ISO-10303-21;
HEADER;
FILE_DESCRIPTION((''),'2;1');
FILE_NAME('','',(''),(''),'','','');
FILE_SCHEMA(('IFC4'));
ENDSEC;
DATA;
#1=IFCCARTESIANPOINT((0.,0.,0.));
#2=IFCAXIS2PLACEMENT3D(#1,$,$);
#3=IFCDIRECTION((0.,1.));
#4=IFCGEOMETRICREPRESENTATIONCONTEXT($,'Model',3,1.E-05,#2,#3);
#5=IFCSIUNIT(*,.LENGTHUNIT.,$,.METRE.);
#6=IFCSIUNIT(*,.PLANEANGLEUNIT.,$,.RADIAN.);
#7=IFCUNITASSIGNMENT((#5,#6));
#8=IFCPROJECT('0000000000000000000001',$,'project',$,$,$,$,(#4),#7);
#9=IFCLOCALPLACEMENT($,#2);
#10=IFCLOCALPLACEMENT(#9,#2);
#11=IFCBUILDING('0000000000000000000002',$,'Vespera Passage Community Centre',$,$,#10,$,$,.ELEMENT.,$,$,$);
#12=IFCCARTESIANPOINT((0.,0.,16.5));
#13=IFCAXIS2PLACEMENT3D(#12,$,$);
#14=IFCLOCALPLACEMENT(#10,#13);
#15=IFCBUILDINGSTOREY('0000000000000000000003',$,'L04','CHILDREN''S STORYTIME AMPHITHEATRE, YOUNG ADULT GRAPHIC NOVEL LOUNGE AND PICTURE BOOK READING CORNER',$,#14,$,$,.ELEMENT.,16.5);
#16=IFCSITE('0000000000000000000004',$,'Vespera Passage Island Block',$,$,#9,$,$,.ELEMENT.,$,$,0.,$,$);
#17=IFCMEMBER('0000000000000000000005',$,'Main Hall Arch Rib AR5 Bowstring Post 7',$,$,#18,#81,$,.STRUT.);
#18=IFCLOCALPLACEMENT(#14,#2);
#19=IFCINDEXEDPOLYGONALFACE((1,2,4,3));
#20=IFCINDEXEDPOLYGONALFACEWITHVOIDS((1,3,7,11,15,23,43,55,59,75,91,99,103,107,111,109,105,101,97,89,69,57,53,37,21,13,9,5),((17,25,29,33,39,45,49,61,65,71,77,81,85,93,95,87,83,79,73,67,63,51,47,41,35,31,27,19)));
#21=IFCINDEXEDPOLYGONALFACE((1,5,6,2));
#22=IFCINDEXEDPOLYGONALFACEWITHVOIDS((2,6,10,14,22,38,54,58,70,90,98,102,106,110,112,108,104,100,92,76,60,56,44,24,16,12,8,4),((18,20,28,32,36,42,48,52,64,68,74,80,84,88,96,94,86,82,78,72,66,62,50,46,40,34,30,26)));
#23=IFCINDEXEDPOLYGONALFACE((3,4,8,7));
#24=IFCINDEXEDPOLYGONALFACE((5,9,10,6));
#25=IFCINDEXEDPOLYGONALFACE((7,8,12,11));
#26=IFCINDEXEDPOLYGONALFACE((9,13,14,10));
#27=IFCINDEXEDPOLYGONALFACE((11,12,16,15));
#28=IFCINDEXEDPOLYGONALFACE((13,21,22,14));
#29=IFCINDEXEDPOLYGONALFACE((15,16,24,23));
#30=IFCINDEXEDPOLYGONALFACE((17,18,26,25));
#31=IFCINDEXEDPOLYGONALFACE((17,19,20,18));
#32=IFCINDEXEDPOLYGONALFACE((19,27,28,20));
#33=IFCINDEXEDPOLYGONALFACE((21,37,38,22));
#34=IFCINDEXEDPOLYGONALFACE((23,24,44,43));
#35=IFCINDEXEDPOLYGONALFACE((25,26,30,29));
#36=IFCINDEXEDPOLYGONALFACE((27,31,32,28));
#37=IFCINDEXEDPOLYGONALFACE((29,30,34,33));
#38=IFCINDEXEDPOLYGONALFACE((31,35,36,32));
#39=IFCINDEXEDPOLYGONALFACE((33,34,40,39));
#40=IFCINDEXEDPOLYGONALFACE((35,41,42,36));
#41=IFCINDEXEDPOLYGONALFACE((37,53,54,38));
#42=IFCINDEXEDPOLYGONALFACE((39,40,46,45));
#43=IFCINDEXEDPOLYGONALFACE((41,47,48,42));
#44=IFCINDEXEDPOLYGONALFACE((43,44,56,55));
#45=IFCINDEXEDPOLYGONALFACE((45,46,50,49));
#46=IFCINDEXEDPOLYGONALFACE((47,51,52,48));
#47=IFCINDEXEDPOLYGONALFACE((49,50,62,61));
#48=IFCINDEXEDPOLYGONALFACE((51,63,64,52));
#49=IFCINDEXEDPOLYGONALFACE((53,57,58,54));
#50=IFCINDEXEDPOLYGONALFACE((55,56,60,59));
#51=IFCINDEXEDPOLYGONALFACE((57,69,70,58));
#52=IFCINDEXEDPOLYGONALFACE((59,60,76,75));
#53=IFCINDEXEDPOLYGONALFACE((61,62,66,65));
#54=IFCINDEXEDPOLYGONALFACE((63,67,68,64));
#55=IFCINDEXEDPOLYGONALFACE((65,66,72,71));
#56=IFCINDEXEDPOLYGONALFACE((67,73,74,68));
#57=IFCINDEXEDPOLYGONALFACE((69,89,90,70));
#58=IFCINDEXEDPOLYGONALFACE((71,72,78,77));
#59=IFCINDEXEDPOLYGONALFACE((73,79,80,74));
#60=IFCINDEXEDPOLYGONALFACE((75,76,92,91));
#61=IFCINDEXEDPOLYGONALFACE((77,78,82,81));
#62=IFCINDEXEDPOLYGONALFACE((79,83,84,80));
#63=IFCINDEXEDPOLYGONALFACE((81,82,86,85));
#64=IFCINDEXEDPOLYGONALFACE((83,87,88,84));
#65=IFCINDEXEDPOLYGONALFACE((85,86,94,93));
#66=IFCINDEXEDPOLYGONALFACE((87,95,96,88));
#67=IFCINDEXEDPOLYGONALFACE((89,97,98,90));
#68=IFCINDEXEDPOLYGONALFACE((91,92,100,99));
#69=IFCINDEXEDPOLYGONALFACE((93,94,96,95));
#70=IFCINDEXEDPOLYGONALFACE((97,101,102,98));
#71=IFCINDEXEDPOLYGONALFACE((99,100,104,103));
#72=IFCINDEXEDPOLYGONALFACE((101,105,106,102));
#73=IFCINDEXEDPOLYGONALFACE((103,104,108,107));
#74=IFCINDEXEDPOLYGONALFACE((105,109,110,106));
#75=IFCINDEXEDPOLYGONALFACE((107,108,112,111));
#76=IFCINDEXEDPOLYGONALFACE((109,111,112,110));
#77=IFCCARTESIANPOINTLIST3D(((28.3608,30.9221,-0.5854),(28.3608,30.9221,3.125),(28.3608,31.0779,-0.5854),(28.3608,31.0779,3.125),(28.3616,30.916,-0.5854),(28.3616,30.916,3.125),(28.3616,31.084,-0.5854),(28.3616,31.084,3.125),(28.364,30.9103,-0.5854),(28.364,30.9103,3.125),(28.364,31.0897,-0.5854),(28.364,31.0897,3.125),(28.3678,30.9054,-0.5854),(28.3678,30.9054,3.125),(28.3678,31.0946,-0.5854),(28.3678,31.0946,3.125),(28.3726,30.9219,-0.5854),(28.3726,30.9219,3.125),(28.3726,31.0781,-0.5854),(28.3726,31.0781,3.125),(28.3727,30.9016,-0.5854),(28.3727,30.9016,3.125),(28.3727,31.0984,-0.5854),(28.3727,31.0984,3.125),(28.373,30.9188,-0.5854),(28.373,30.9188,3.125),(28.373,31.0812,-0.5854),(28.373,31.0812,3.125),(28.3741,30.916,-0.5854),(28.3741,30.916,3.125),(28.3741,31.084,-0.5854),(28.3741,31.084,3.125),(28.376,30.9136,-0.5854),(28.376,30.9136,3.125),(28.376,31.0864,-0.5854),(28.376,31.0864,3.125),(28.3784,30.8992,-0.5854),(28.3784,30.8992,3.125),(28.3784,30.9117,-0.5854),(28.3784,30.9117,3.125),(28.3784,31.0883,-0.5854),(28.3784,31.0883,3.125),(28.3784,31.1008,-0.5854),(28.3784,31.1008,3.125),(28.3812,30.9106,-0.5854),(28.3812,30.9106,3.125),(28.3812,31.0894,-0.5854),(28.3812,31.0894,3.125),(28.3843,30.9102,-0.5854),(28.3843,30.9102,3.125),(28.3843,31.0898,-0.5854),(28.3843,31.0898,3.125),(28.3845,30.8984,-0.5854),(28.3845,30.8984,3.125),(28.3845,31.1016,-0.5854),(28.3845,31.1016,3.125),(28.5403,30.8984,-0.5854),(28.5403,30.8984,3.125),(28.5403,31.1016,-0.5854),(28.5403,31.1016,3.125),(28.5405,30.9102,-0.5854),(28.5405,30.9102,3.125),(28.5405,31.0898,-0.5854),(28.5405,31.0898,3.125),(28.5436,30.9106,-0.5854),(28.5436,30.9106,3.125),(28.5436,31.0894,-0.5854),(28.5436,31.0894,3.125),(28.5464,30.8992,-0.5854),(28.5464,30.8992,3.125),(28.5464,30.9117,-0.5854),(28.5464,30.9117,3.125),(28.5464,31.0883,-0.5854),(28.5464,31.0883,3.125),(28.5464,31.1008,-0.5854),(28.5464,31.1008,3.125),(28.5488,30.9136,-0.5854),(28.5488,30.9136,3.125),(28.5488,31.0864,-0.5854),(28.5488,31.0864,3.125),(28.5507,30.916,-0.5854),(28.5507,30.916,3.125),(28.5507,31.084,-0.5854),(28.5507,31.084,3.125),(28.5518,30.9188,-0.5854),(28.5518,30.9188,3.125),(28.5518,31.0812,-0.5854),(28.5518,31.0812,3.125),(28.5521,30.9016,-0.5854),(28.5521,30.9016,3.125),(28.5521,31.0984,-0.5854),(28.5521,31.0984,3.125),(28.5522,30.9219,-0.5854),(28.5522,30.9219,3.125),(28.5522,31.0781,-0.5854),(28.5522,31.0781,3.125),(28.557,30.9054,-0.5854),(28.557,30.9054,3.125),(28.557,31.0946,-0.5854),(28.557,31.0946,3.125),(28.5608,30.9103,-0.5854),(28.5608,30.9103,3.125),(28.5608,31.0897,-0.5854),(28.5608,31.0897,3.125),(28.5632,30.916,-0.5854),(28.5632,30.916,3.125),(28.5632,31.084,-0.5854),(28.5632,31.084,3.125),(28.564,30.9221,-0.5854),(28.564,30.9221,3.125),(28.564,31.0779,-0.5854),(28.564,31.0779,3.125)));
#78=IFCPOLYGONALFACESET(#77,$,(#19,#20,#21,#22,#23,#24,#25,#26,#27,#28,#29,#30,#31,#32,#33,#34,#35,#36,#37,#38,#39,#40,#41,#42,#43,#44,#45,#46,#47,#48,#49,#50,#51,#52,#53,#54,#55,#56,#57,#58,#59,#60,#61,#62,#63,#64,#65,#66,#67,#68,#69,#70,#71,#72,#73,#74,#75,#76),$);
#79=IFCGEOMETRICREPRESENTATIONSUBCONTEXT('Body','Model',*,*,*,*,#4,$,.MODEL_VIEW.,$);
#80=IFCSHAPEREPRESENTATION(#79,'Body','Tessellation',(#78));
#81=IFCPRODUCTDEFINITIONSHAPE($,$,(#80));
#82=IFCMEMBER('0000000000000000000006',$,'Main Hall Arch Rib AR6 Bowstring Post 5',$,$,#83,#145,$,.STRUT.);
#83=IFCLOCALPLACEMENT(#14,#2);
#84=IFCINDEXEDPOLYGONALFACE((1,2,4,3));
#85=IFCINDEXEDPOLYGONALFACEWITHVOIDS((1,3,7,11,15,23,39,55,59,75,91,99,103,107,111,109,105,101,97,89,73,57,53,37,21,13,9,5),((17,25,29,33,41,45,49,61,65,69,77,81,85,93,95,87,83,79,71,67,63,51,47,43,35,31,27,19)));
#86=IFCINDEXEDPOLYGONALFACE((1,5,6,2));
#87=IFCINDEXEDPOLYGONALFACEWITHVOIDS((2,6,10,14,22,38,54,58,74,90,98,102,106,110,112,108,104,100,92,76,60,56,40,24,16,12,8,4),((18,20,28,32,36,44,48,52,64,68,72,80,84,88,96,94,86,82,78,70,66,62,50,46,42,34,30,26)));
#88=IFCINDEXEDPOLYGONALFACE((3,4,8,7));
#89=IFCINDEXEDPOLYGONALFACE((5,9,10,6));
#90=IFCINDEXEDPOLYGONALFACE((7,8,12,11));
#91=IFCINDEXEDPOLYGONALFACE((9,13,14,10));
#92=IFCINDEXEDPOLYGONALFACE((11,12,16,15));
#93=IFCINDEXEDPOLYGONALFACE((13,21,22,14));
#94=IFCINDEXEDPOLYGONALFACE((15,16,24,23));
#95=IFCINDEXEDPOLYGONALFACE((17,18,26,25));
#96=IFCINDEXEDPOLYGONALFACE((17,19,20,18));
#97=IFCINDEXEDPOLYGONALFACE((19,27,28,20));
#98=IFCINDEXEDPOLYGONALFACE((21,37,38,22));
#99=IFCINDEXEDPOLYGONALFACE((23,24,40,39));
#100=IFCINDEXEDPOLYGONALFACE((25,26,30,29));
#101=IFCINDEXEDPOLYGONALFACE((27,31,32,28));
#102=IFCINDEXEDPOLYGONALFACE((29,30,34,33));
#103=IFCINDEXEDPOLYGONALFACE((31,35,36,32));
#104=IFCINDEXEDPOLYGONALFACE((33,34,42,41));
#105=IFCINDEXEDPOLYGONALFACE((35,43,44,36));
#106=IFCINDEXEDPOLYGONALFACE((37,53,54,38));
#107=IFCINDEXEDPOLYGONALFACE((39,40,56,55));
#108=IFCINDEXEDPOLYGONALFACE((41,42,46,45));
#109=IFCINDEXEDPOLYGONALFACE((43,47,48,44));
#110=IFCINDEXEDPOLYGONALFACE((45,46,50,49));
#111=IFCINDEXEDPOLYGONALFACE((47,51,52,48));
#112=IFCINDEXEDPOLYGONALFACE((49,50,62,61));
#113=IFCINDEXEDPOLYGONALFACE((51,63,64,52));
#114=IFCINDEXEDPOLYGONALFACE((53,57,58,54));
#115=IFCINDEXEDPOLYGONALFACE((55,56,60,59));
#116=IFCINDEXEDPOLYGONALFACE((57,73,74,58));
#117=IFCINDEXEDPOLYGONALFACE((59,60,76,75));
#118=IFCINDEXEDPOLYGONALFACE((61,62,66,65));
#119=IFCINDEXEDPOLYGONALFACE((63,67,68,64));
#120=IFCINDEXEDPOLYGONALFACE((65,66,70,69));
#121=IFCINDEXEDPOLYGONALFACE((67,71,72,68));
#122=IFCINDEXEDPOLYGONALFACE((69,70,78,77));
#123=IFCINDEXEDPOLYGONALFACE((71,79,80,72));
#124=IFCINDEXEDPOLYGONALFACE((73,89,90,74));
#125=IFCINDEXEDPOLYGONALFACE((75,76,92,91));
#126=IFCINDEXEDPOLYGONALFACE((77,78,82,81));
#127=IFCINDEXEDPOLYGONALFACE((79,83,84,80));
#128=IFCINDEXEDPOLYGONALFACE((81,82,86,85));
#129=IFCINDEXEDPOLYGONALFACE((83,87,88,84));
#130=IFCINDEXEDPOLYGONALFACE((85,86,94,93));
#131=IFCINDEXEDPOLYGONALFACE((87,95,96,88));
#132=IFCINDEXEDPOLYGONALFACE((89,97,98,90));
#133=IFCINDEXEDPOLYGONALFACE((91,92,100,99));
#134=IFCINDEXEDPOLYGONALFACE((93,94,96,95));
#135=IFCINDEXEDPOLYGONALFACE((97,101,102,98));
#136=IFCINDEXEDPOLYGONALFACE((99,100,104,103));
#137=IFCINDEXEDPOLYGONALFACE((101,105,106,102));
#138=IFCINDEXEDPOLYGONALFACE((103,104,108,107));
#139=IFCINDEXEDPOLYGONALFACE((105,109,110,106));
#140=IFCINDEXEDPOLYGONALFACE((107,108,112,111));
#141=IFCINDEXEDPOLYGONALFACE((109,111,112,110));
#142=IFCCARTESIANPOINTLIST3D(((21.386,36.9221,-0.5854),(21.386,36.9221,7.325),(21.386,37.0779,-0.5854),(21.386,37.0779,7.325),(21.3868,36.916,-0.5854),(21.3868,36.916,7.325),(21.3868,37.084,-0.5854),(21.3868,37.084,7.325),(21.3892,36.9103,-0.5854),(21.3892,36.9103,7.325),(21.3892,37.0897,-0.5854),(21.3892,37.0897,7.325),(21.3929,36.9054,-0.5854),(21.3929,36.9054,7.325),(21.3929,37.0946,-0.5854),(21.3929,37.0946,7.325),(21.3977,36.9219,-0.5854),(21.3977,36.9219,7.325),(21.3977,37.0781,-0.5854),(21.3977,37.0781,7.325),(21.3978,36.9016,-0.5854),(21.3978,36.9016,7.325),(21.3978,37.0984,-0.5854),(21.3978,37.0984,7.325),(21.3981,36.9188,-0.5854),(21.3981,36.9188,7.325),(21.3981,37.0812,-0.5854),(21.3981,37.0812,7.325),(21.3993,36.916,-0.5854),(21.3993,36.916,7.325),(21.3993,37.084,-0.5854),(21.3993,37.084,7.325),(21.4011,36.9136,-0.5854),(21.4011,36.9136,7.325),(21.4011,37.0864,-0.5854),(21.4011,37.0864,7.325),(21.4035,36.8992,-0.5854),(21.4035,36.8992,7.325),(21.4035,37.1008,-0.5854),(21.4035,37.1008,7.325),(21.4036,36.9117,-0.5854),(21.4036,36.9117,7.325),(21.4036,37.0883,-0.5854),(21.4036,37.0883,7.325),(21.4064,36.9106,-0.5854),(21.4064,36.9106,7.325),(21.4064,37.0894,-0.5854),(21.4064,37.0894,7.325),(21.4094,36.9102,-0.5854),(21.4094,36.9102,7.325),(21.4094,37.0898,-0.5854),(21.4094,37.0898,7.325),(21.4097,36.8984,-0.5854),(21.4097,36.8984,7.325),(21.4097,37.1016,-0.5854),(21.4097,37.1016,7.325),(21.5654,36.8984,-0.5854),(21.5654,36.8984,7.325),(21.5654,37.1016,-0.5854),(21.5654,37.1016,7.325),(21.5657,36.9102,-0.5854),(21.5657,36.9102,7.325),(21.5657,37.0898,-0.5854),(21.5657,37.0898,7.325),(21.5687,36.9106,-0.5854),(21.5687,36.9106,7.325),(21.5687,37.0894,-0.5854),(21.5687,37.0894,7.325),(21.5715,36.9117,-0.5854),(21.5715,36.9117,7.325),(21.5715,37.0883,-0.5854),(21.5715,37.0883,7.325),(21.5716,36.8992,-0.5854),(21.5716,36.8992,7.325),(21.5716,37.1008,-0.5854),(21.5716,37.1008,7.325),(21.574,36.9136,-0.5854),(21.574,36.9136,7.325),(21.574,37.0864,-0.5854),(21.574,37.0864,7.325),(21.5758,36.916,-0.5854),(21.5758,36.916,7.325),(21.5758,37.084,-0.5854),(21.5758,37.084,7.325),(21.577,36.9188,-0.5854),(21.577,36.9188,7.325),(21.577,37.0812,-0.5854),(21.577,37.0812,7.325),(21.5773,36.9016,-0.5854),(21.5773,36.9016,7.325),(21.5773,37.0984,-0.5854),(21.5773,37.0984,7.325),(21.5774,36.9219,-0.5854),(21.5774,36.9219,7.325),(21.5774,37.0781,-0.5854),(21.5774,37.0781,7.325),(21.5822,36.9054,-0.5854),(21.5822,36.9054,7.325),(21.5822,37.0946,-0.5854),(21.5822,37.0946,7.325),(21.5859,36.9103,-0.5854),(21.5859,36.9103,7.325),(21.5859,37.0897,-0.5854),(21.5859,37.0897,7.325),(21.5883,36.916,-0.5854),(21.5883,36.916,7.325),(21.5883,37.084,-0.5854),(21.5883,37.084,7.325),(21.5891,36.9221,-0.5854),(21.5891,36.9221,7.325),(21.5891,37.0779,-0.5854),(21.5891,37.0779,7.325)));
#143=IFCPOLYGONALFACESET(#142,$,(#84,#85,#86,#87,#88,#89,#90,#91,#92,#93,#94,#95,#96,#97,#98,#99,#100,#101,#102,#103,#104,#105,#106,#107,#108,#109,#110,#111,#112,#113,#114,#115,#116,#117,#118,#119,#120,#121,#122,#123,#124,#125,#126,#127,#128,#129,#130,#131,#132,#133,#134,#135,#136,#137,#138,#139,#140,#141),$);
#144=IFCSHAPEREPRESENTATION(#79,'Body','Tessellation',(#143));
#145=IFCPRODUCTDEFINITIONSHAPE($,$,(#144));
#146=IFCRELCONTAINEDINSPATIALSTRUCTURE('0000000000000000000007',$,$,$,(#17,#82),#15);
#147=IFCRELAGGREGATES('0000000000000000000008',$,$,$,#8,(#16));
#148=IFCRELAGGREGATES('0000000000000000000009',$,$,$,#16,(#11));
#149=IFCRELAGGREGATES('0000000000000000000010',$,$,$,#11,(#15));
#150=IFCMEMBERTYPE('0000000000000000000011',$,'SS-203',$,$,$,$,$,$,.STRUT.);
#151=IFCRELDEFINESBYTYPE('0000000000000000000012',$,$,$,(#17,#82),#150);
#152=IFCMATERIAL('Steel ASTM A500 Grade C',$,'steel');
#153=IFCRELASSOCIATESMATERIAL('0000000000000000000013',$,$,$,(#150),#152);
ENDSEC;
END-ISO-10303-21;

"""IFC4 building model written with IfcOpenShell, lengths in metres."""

from ifc_helpers import new_model, si_unit, direction, frame, origin, origin_2d, place, context, subcontext, project, spatial, hollow_rectangle, extrude, material, material_profile, profile_set, type_object, element, save


model = new_model("IFC4")

# Units and contexts
model_context = context("Model", 3, precision=1e-05, world=origin(), true_north=direction((0.0, 1.0)))
body_context = subcontext(model_context, "Body", "Model", "MODEL_VIEW")
ifc_project = project(units=[si_unit("LENGTHUNIT", "METRE"), si_unit("PLANEANGLEUNIT", "RADIAN")], contexts=[model_context])

# Site, building, storey
site_placement = place(None, origin())
site = spatial("IfcSite", under=ifc_project, at=site_placement, Name="Vespera Passage Island Block", CompositionType="ELEMENT", RefElevation=0.0)
building_placement = place(site_placement, origin())
building = spatial("IfcBuilding", under=site, at=building_placement, Name="Vespera Passage Community Centre", CompositionType="ELEMENT")
storey_placement = place(building_placement, frame((0.0, 0.0, 16.5)))
storey = spatial("IfcBuildingStorey", under=building, at=storey_placement, Name="L04", Description="CHILDREN'S STORYTIME AMPHITHEATRE, YOUNG ADULT GRAPHIC NOVEL LOUNGE AND PICTURE BOOK READING CORNER", CompositionType="ELEMENT", Elevation=16.5)

# Members
ifc_material_1 = material(Name="Steel ASTM A500 Grade C", Category="steel")
ifc_material_profile_1 = material_profile(ifc_material_1, hollow_rectangle(XDim=0.2031, YDim=0.2031, WallThickness=0.0117, InnerFilletRadius=0.0117, OuterFilletRadius=0.0237, at=origin_2d()), Name="HSS203X203X12.7")
ifc_profile_set_1 = profile_set([ifc_material_profile_1], Name="Steel ASTM A500 Grade C")
member_type_1 = type_object("IfcMemberType", Name="SS-203", PredefinedType="STRUT", material=ifc_profile_set_1)
member_1_placement = place(storey_placement, frame((28.4624, 31.0, -0.5854), z_axis=(0.0, 0.0, 1.0), x_axis=(1.0, 0.0, 0.0)))
element("IfcMember", 1, at=member_1_placement, inside=storey, type_object=member_type_1, Name="Main Hall Arch Rib AR5 Bowstring Post 7", PredefinedType="STRUT", context=body_context, shape_type="SweptSolid", body=[
    extrude(hollow_rectangle(XDim=0.2031, YDim=0.2031, WallThickness=0.0117, InnerFilletRadius=0.0117, OuterFilletRadius=0.0237, at=origin_2d()), origin(), (0.0, 0.0, 1.0), 3.7104),
])
member_2_placement = place(storey_placement, frame((21.4875, 37.0, -0.5854), z_axis=(0.0, 0.0, 1.0), x_axis=(1.0, 0.0, 0.0)))
element("IfcMember", 2, at=member_2_placement, inside=storey, type_object=member_type_1, Name="Main Hall Arch Rib AR6 Bowstring Post 5", PredefinedType="STRUT", context=body_context, shape_type="SweptSolid", body=[
    extrude(hollow_rectangle(XDim=0.2031, YDim=0.2031, WallThickness=0.0117, InnerFilletRadius=0.0117, OuterFilletRadius=0.0237, at=origin_2d()), origin(), (0.0, 0.0, 1.0), 7.9104),
])

save(model, "model.ifc")
